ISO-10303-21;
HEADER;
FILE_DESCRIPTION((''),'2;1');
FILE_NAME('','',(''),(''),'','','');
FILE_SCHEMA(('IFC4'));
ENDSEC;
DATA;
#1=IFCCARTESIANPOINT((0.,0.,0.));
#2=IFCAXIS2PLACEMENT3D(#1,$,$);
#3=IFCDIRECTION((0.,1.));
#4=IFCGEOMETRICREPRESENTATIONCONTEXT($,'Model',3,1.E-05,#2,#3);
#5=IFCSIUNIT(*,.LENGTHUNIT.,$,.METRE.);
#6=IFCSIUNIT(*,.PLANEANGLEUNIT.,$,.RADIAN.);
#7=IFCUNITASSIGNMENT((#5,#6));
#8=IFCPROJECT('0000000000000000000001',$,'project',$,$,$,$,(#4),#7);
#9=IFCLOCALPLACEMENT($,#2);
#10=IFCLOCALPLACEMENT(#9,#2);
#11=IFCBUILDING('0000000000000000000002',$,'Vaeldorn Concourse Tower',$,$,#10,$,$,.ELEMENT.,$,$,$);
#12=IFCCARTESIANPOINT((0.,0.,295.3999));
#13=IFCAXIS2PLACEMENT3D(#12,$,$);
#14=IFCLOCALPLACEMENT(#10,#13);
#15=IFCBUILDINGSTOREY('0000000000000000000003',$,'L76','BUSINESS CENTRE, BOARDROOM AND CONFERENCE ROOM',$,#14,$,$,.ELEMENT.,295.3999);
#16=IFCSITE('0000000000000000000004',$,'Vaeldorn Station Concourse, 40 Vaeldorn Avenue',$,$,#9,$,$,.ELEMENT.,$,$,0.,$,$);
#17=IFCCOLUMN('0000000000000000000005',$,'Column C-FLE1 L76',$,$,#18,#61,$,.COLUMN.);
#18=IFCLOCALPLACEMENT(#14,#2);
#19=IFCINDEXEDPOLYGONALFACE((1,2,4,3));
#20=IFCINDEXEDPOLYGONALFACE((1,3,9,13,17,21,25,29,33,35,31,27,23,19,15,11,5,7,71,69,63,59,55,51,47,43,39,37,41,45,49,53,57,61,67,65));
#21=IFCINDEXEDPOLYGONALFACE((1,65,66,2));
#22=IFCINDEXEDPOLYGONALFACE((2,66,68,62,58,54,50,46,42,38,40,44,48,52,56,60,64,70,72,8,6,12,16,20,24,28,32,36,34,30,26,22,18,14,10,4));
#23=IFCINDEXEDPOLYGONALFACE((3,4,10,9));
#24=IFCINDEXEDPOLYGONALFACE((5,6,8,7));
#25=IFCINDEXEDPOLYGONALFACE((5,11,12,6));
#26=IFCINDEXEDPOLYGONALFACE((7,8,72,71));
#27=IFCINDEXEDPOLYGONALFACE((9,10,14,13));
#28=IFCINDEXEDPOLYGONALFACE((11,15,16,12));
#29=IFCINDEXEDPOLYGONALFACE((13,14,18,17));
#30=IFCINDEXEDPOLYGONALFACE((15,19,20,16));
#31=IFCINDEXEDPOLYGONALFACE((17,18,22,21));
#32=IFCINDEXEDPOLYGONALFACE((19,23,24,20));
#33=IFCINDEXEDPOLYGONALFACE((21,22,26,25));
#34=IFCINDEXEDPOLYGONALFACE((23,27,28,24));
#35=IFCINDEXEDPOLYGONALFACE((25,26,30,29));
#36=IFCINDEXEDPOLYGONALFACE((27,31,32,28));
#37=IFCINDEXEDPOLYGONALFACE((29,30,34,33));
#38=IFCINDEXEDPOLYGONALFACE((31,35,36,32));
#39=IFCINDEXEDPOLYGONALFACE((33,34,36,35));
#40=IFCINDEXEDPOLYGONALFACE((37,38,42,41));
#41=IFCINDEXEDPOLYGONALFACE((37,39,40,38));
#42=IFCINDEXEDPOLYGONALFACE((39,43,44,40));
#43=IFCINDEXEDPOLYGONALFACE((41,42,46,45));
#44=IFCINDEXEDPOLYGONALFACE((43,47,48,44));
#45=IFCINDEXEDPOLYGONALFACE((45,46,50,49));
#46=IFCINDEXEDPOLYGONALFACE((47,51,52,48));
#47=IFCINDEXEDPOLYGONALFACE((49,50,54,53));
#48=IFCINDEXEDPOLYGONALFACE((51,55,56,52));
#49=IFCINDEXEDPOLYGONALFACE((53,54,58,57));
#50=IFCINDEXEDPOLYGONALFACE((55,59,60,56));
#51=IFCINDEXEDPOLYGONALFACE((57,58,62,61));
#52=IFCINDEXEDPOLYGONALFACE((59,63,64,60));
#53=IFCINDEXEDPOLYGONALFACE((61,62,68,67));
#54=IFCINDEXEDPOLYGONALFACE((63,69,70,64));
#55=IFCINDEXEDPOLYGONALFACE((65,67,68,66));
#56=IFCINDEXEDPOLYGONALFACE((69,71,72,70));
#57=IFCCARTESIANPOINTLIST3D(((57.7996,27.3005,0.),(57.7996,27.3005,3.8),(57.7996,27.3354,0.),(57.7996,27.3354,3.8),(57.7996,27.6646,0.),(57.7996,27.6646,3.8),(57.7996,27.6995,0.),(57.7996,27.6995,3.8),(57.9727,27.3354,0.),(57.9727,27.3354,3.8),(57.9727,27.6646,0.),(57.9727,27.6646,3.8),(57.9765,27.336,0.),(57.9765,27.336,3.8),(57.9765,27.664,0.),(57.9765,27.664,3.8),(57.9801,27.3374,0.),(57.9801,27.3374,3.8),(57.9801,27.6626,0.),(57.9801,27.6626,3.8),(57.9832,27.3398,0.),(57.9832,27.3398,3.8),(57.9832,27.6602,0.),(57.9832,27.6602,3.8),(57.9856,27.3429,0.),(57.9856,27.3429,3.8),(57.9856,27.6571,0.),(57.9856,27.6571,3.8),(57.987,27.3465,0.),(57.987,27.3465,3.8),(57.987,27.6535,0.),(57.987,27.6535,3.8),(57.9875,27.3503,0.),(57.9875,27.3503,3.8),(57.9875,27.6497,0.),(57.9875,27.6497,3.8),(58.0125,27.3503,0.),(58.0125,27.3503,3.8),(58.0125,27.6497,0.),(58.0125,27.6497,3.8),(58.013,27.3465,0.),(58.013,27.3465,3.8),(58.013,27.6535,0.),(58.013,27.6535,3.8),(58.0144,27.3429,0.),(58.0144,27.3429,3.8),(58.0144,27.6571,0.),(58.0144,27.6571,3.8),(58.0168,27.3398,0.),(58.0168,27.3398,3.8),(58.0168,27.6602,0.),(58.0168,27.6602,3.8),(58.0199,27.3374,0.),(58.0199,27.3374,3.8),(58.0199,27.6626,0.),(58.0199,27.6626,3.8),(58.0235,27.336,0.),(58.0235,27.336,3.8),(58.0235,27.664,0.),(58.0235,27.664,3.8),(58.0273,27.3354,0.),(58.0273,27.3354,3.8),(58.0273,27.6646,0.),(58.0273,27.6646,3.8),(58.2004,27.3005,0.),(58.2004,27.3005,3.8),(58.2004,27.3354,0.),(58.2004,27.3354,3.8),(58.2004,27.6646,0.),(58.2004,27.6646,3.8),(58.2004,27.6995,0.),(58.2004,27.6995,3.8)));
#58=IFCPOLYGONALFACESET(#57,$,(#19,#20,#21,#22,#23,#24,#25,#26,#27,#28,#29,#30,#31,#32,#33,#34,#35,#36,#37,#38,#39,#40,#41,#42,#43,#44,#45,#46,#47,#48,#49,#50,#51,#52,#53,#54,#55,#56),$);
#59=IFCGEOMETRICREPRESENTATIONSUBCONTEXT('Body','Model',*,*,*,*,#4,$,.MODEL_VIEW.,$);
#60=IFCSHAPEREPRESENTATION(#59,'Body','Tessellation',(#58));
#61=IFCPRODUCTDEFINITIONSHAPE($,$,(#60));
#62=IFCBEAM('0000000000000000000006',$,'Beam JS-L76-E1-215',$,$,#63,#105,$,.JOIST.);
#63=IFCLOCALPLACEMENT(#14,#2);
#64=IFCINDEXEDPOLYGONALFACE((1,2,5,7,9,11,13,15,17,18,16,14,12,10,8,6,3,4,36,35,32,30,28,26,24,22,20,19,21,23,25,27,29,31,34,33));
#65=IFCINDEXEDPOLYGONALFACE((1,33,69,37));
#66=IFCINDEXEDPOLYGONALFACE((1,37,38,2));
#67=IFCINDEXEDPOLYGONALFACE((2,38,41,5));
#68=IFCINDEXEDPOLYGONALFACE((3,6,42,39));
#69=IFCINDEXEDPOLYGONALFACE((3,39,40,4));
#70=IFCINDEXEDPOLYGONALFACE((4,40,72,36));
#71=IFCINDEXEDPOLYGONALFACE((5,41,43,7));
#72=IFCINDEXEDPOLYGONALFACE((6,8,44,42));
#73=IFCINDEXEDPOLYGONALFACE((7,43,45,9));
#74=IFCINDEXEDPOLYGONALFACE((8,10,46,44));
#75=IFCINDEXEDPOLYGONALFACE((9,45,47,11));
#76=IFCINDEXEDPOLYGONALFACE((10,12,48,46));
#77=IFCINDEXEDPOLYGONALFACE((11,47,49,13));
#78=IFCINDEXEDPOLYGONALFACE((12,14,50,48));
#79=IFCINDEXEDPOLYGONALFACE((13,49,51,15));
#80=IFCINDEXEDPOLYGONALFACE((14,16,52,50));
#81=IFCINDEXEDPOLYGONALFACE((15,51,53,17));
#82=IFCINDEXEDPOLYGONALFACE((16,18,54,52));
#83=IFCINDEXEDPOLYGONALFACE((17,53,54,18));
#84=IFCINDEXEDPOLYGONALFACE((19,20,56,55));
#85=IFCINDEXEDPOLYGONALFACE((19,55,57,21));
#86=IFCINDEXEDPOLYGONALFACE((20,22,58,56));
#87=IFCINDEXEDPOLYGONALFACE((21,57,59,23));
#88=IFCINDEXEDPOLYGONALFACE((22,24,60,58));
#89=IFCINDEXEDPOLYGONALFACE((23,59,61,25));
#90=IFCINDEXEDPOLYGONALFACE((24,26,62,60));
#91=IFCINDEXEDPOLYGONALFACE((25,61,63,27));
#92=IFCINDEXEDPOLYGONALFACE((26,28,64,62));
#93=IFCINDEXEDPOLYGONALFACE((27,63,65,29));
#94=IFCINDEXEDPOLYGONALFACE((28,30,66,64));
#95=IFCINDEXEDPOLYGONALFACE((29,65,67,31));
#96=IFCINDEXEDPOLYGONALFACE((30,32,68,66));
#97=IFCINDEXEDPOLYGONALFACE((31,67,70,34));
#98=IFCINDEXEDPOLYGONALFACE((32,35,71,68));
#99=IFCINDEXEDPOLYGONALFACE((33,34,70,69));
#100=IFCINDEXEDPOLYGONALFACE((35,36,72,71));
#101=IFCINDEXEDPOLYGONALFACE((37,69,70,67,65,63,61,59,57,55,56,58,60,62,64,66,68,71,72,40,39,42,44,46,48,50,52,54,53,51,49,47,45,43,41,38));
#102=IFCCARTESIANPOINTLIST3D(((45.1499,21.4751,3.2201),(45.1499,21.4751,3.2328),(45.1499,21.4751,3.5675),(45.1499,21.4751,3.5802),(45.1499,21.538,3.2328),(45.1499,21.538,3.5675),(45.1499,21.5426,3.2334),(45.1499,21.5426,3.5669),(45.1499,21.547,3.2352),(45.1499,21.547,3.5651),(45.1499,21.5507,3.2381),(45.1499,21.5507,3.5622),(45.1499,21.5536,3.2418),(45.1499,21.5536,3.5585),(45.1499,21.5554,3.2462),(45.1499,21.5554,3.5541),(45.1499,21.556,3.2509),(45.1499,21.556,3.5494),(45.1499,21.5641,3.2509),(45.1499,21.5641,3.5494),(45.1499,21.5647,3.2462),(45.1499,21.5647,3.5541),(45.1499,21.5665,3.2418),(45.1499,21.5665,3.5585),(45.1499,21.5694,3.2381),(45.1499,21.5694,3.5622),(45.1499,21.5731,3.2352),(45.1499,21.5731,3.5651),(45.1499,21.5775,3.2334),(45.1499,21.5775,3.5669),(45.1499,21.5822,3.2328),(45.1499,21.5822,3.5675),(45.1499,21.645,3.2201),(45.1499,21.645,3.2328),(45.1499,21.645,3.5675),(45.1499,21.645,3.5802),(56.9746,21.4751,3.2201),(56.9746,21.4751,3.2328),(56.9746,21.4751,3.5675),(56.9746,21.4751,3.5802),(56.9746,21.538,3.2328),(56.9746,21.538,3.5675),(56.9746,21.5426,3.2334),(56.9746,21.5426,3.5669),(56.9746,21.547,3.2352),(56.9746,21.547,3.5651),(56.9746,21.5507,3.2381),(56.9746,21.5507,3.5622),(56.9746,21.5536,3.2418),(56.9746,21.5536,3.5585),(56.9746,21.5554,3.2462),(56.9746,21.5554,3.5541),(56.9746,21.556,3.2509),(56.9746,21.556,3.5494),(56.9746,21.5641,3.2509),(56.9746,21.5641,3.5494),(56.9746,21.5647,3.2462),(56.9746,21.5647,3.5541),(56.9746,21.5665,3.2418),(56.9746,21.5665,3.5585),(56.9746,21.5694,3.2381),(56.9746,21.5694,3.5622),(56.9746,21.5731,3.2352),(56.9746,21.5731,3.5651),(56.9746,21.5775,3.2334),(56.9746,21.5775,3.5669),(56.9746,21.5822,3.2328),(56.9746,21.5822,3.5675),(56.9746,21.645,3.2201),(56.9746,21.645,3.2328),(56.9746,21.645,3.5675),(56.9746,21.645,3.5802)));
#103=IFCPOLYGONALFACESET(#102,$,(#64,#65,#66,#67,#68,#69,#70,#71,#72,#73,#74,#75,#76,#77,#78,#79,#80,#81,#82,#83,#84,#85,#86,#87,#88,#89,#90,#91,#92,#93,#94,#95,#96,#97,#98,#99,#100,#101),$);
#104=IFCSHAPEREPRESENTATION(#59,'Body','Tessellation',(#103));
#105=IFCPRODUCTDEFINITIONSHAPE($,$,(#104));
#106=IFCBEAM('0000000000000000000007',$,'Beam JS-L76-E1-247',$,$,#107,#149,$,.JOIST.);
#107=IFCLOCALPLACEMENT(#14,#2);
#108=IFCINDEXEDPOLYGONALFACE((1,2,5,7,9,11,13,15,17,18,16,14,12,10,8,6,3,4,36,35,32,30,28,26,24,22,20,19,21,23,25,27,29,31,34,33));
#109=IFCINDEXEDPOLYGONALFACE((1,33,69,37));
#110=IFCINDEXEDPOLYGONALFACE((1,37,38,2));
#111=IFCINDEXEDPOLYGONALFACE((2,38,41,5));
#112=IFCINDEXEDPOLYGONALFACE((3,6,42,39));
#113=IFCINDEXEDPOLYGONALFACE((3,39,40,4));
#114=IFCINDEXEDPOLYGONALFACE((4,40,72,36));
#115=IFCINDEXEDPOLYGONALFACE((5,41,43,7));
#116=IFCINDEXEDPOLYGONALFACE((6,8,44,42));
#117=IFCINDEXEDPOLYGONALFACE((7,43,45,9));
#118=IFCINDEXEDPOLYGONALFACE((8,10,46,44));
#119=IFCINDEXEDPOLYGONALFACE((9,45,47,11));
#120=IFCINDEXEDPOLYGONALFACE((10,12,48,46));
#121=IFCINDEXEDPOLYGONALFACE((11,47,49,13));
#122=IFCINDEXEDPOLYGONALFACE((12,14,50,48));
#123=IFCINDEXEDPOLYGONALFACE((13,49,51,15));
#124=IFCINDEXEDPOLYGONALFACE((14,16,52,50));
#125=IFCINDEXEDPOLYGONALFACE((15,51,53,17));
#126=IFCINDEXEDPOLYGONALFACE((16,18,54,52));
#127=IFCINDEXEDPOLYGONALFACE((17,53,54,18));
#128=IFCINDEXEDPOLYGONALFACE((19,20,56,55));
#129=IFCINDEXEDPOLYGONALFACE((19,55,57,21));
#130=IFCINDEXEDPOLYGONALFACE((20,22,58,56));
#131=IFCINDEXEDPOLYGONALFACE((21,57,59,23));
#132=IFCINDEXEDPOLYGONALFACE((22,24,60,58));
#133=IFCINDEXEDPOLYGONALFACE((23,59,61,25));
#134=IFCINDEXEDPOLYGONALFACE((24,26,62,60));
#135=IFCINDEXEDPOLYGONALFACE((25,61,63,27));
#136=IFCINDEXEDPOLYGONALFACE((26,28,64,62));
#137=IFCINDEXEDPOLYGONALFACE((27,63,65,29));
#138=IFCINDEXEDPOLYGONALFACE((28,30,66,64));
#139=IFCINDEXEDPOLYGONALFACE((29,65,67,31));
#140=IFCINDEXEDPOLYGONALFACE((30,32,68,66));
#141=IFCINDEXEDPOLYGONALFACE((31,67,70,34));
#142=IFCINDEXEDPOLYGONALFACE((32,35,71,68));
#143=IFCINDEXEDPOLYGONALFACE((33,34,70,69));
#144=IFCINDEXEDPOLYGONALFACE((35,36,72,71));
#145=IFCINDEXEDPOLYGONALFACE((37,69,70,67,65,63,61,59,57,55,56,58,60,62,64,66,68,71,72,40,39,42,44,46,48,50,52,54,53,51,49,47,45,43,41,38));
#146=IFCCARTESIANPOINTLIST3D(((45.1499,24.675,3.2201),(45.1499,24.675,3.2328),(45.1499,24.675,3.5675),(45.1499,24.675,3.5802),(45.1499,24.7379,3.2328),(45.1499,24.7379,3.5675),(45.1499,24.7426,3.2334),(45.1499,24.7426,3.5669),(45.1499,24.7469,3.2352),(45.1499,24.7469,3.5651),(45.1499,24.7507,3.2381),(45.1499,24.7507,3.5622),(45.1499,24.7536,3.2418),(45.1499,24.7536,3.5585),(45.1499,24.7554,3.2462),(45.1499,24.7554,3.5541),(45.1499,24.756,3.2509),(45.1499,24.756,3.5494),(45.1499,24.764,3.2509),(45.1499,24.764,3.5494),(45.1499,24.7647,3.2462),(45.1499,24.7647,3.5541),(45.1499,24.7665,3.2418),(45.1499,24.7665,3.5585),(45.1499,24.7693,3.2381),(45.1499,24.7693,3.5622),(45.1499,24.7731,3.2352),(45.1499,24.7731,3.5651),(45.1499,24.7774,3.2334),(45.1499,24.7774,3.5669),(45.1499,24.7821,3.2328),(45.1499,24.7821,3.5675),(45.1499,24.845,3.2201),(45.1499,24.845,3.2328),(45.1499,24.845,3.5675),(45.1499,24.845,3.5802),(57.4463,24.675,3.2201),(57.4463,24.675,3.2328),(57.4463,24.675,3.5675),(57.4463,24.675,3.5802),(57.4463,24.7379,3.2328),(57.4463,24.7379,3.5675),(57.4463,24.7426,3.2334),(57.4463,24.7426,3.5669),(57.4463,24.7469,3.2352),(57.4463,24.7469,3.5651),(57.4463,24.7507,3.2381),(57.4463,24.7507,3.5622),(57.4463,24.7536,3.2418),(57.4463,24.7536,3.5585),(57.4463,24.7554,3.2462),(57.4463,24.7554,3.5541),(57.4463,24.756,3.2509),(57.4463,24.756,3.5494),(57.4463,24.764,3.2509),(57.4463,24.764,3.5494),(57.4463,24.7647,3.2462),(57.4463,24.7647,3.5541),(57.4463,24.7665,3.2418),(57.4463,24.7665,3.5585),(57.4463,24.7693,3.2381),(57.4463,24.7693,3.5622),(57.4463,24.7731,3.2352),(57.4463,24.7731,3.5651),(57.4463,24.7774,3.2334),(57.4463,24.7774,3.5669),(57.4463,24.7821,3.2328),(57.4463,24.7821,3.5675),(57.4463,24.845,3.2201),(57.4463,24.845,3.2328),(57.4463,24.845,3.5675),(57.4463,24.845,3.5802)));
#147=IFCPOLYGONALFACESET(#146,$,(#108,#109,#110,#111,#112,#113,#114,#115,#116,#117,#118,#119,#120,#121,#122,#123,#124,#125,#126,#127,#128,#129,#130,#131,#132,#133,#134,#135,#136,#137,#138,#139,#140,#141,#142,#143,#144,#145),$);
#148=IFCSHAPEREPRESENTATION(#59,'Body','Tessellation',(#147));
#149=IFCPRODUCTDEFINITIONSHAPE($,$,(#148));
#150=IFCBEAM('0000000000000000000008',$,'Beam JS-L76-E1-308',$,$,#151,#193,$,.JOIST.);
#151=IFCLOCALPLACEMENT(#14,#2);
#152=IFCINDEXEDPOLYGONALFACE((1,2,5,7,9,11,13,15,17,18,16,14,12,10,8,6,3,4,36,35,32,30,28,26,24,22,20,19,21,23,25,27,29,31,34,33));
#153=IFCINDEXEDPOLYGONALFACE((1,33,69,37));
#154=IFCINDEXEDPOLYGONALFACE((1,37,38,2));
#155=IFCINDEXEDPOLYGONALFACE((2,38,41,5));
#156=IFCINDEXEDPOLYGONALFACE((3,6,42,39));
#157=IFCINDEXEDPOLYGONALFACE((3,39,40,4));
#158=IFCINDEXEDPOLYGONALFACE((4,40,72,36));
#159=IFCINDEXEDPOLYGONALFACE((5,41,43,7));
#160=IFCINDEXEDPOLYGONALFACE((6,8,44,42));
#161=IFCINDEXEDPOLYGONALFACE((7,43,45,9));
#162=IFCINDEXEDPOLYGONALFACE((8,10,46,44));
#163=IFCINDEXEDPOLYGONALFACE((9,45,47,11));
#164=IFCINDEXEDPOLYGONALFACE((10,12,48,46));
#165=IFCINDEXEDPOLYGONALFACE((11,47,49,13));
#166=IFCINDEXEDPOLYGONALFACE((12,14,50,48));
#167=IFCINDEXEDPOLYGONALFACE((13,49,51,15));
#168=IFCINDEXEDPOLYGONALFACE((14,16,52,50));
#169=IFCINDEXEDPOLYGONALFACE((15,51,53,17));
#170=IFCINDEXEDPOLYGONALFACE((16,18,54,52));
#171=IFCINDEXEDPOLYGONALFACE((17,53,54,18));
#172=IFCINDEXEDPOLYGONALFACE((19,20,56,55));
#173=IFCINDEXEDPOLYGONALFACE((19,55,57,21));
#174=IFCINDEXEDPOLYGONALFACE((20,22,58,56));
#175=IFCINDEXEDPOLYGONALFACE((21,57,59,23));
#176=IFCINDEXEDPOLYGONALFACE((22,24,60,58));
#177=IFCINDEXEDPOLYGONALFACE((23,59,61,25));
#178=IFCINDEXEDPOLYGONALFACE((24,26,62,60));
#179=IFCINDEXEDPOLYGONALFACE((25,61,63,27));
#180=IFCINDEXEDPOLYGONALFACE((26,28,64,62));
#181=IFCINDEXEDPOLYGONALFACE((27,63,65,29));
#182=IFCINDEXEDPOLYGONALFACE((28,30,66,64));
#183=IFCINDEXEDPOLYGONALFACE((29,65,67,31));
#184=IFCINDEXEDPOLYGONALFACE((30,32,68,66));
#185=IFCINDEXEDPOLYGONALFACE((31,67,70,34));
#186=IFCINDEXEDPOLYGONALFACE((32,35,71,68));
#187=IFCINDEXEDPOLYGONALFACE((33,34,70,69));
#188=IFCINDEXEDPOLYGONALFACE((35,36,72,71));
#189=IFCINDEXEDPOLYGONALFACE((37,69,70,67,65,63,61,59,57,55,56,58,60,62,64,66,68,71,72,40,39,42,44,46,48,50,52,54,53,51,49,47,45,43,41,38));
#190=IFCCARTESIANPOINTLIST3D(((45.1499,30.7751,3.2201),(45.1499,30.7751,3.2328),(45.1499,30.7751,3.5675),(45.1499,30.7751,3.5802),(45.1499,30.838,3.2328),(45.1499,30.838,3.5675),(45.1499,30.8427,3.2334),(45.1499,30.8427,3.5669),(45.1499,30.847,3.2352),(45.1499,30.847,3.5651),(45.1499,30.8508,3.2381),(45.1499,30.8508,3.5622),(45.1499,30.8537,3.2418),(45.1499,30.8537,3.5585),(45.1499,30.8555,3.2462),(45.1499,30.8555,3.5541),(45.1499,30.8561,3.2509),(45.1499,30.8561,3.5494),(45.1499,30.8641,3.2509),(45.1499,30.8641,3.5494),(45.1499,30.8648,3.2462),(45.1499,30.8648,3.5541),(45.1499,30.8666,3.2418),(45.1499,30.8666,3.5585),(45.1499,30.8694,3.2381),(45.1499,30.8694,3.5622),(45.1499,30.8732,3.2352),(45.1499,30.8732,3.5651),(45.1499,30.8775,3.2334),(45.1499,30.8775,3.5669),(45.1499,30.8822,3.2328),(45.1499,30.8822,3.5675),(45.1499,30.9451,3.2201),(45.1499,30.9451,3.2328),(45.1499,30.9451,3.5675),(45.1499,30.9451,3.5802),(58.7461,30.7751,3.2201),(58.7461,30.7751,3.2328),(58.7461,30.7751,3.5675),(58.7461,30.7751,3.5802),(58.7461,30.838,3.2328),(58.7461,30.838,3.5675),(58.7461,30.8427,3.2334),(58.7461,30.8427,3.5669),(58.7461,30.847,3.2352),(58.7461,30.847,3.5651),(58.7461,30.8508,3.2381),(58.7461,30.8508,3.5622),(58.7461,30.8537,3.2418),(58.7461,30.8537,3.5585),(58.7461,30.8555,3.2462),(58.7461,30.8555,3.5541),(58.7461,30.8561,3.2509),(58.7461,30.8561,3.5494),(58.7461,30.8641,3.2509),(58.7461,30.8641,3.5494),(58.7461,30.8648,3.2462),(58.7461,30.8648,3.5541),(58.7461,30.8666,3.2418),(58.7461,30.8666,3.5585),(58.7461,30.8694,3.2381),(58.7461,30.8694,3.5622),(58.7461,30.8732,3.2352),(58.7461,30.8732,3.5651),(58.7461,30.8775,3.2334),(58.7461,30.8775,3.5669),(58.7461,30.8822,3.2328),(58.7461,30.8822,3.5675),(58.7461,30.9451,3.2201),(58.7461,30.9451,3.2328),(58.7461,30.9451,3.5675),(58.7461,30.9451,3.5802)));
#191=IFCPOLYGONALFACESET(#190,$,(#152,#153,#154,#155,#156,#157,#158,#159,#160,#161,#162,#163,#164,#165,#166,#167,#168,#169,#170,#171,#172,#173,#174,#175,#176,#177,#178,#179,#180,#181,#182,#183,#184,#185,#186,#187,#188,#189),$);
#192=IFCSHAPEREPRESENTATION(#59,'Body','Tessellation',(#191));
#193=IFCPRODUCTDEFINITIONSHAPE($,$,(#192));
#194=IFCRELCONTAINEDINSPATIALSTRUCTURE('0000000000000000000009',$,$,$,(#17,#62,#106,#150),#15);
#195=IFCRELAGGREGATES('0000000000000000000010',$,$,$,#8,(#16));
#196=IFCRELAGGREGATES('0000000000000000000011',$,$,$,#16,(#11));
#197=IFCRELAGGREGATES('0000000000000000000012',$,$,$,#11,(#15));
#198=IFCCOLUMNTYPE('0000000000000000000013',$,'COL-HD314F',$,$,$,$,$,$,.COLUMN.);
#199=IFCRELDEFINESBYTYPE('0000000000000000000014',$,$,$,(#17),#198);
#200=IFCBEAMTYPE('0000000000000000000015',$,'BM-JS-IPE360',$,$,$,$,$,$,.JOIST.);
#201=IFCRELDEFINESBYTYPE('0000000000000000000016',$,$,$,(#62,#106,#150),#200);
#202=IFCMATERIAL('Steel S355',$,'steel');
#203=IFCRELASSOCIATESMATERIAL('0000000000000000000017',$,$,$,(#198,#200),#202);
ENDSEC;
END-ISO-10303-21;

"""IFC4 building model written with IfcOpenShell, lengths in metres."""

from ifc_helpers import new_model, si_unit, direction, frame, origin, origin_2d, place, context, subcontext, project, spatial, i_section, extrude, source, transform, mapped, material, material_profile, profile_set, type_object, element, save


model = new_model("IFC4")

# Units and contexts
model_context = context("Model", 3, precision=1e-05, world=origin(), true_north=direction((0.0, 1.0)))
body_context = subcontext(model_context, "Body", "Model", "MODEL_VIEW")
ifc_project = project(units=[si_unit("LENGTHUNIT", "METRE"), si_unit("PLANEANGLEUNIT", "RADIAN")], contexts=[model_context])

# Site, building, storey
site_placement = place(None, origin())
site = spatial("IfcSite", under=ifc_project, at=site_placement, Name="Vaeldorn Station Concourse, 40 Vaeldorn Avenue", CompositionType="ELEMENT", RefElevation=0.0)
building_placement = place(site_placement, origin())
building = spatial("IfcBuilding", under=site, at=building_placement, Name="Vaeldorn Concourse Tower", CompositionType="ELEMENT")
storey_placement = place(building_placement, frame((0.0, 0.0, 295.3999)))
storey = spatial("IfcBuildingStorey", under=building, at=storey_placement, Name="L76", Description="BUSINESS CENTRE, BOARDROOM AND CONFERENCE ROOM", CompositionType="ELEMENT", Elevation=295.3999)

# Column
ifc_material_1 = material(Name="Steel S355", Category="steel")
ifc_material_profile_1 = material_profile(ifc_material_1, i_section(OverallWidth=0.4009, OverallDepth=0.3989, WebThickness=0.0249, FlangeThickness=0.0349, FilletRadius=0.0149, at=origin_2d()), Name="HD 400x314")
ifc_profile_set_1 = profile_set([ifc_material_profile_1], Name="Steel S355")
column_type = type_object("IfcColumnType", Name="COL-HD314F", PredefinedType="COLUMN", material=ifc_profile_set_1)
shared_shape_1 = source(origin(), body_context, "Body", "SweptSolid", [
    extrude(i_section(OverallWidth=0.4009, OverallDepth=0.3989, WebThickness=0.0249, FlangeThickness=0.0349, FilletRadius=0.0149, at=origin_2d()), origin(), (0.0, 0.0, 1.0), 3.8),
])
column_placement = place(storey_placement, frame((58.0, 27.5, 0.0), z_axis=(0.0, 0.0, 1.0), x_axis=(1.0, 0.0, 0.0)))
element("IfcColumn", 1, at=column_placement, inside=storey, type_object=column_type, Name="Column C-FLE1 L76", PredefinedType="COLUMN", context=body_context, shape_type="MappedRepresentation", body=[
    mapped(shared_shape_1, transform((0.0, 0.0, 0.0), scale=1.0)),
])

# Beams
ifc_material_profile_2 = material_profile(ifc_material_1, i_section(OverallWidth=0.1699, OverallDepth=0.3601, WebThickness=0.0081, FlangeThickness=0.0127, FilletRadius=0.0181, at=origin_2d()), Name="IPE 360")
ifc_profile_set_2 = profile_set([ifc_material_profile_2], Name="Steel S355")
beam_type_1 = type_object("IfcBeamType", Name="BM-JS-IPE360", PredefinedType="JOIST", material=ifc_profile_set_2)
shared_shape_2 = source(origin(), body_context, "Body", "SweptSolid", [
    extrude(i_section(OverallWidth=0.1699, OverallDepth=0.3601, WebThickness=0.0081, FlangeThickness=0.0127, FilletRadius=0.0181, at=origin_2d()), origin(), (0.0, 0.0, 1.0), 11.8247),
])
beam_1_placement = place(storey_placement, frame((45.1499, 21.5601, 3.4001), z_axis=(1.0, 0.0, 0.0), x_axis=(0.0, 1.0, 0.0)))
element("IfcBeam", 2, at=beam_1_placement, inside=storey, type_object=beam_type_1, Name="Beam JS-L76-E1-215", PredefinedType="JOIST", context=body_context, shape_type="MappedRepresentation", body=[
    mapped(shared_shape_2, transform((0.0, 0.0, 0.0), scale=1.0)),
])
shared_shape_3 = source(origin(), body_context, "Body", "SweptSolid", [
    extrude(i_section(OverallWidth=0.1699, OverallDepth=0.3601, WebThickness=0.0081, FlangeThickness=0.0127, FilletRadius=0.0181, at=origin_2d()), origin(), (0.0, 0.0, 1.0), 12.2964),
])
beam_2_placement = place(storey_placement, frame((45.1499, 24.76, 3.4001), z_axis=(1.0, 0.0, 0.0), x_axis=(0.0, 1.0, 0.0)))
element("IfcBeam", 3, at=beam_2_placement, inside=storey, type_object=beam_type_1, Name="Beam JS-L76-E1-247", PredefinedType="JOIST", context=body_context, shape_type="MappedRepresentation", body=[
    mapped(shared_shape_3, transform((0.0, 0.0, 0.0), scale=1.0)),
])
shared_shape_4 = source(origin(), body_context, "Body", "SweptSolid", [
    extrude(i_section(OverallWidth=0.1699, OverallDepth=0.3601, WebThickness=0.0081, FlangeThickness=0.0127, FilletRadius=0.0181, at=origin_2d()), origin(), (0.0, 0.0, 1.0), 13.5962),
])
beam_3_placement = place(storey_placement, frame((45.1499, 30.8601, 3.4001), z_axis=(1.0, 0.0, 0.0), x_axis=(0.0, 1.0, 0.0)))
element("IfcBeam", 4, at=beam_3_placement, inside=storey, type_object=beam_type_1, Name="Beam JS-L76-E1-308", PredefinedType="JOIST", context=body_context, shape_type="MappedRepresentation", body=[
    mapped(shared_shape_4, transform((0.0, 0.0, 0.0), scale=1.0)),
])

save(model, "model.ifc")
